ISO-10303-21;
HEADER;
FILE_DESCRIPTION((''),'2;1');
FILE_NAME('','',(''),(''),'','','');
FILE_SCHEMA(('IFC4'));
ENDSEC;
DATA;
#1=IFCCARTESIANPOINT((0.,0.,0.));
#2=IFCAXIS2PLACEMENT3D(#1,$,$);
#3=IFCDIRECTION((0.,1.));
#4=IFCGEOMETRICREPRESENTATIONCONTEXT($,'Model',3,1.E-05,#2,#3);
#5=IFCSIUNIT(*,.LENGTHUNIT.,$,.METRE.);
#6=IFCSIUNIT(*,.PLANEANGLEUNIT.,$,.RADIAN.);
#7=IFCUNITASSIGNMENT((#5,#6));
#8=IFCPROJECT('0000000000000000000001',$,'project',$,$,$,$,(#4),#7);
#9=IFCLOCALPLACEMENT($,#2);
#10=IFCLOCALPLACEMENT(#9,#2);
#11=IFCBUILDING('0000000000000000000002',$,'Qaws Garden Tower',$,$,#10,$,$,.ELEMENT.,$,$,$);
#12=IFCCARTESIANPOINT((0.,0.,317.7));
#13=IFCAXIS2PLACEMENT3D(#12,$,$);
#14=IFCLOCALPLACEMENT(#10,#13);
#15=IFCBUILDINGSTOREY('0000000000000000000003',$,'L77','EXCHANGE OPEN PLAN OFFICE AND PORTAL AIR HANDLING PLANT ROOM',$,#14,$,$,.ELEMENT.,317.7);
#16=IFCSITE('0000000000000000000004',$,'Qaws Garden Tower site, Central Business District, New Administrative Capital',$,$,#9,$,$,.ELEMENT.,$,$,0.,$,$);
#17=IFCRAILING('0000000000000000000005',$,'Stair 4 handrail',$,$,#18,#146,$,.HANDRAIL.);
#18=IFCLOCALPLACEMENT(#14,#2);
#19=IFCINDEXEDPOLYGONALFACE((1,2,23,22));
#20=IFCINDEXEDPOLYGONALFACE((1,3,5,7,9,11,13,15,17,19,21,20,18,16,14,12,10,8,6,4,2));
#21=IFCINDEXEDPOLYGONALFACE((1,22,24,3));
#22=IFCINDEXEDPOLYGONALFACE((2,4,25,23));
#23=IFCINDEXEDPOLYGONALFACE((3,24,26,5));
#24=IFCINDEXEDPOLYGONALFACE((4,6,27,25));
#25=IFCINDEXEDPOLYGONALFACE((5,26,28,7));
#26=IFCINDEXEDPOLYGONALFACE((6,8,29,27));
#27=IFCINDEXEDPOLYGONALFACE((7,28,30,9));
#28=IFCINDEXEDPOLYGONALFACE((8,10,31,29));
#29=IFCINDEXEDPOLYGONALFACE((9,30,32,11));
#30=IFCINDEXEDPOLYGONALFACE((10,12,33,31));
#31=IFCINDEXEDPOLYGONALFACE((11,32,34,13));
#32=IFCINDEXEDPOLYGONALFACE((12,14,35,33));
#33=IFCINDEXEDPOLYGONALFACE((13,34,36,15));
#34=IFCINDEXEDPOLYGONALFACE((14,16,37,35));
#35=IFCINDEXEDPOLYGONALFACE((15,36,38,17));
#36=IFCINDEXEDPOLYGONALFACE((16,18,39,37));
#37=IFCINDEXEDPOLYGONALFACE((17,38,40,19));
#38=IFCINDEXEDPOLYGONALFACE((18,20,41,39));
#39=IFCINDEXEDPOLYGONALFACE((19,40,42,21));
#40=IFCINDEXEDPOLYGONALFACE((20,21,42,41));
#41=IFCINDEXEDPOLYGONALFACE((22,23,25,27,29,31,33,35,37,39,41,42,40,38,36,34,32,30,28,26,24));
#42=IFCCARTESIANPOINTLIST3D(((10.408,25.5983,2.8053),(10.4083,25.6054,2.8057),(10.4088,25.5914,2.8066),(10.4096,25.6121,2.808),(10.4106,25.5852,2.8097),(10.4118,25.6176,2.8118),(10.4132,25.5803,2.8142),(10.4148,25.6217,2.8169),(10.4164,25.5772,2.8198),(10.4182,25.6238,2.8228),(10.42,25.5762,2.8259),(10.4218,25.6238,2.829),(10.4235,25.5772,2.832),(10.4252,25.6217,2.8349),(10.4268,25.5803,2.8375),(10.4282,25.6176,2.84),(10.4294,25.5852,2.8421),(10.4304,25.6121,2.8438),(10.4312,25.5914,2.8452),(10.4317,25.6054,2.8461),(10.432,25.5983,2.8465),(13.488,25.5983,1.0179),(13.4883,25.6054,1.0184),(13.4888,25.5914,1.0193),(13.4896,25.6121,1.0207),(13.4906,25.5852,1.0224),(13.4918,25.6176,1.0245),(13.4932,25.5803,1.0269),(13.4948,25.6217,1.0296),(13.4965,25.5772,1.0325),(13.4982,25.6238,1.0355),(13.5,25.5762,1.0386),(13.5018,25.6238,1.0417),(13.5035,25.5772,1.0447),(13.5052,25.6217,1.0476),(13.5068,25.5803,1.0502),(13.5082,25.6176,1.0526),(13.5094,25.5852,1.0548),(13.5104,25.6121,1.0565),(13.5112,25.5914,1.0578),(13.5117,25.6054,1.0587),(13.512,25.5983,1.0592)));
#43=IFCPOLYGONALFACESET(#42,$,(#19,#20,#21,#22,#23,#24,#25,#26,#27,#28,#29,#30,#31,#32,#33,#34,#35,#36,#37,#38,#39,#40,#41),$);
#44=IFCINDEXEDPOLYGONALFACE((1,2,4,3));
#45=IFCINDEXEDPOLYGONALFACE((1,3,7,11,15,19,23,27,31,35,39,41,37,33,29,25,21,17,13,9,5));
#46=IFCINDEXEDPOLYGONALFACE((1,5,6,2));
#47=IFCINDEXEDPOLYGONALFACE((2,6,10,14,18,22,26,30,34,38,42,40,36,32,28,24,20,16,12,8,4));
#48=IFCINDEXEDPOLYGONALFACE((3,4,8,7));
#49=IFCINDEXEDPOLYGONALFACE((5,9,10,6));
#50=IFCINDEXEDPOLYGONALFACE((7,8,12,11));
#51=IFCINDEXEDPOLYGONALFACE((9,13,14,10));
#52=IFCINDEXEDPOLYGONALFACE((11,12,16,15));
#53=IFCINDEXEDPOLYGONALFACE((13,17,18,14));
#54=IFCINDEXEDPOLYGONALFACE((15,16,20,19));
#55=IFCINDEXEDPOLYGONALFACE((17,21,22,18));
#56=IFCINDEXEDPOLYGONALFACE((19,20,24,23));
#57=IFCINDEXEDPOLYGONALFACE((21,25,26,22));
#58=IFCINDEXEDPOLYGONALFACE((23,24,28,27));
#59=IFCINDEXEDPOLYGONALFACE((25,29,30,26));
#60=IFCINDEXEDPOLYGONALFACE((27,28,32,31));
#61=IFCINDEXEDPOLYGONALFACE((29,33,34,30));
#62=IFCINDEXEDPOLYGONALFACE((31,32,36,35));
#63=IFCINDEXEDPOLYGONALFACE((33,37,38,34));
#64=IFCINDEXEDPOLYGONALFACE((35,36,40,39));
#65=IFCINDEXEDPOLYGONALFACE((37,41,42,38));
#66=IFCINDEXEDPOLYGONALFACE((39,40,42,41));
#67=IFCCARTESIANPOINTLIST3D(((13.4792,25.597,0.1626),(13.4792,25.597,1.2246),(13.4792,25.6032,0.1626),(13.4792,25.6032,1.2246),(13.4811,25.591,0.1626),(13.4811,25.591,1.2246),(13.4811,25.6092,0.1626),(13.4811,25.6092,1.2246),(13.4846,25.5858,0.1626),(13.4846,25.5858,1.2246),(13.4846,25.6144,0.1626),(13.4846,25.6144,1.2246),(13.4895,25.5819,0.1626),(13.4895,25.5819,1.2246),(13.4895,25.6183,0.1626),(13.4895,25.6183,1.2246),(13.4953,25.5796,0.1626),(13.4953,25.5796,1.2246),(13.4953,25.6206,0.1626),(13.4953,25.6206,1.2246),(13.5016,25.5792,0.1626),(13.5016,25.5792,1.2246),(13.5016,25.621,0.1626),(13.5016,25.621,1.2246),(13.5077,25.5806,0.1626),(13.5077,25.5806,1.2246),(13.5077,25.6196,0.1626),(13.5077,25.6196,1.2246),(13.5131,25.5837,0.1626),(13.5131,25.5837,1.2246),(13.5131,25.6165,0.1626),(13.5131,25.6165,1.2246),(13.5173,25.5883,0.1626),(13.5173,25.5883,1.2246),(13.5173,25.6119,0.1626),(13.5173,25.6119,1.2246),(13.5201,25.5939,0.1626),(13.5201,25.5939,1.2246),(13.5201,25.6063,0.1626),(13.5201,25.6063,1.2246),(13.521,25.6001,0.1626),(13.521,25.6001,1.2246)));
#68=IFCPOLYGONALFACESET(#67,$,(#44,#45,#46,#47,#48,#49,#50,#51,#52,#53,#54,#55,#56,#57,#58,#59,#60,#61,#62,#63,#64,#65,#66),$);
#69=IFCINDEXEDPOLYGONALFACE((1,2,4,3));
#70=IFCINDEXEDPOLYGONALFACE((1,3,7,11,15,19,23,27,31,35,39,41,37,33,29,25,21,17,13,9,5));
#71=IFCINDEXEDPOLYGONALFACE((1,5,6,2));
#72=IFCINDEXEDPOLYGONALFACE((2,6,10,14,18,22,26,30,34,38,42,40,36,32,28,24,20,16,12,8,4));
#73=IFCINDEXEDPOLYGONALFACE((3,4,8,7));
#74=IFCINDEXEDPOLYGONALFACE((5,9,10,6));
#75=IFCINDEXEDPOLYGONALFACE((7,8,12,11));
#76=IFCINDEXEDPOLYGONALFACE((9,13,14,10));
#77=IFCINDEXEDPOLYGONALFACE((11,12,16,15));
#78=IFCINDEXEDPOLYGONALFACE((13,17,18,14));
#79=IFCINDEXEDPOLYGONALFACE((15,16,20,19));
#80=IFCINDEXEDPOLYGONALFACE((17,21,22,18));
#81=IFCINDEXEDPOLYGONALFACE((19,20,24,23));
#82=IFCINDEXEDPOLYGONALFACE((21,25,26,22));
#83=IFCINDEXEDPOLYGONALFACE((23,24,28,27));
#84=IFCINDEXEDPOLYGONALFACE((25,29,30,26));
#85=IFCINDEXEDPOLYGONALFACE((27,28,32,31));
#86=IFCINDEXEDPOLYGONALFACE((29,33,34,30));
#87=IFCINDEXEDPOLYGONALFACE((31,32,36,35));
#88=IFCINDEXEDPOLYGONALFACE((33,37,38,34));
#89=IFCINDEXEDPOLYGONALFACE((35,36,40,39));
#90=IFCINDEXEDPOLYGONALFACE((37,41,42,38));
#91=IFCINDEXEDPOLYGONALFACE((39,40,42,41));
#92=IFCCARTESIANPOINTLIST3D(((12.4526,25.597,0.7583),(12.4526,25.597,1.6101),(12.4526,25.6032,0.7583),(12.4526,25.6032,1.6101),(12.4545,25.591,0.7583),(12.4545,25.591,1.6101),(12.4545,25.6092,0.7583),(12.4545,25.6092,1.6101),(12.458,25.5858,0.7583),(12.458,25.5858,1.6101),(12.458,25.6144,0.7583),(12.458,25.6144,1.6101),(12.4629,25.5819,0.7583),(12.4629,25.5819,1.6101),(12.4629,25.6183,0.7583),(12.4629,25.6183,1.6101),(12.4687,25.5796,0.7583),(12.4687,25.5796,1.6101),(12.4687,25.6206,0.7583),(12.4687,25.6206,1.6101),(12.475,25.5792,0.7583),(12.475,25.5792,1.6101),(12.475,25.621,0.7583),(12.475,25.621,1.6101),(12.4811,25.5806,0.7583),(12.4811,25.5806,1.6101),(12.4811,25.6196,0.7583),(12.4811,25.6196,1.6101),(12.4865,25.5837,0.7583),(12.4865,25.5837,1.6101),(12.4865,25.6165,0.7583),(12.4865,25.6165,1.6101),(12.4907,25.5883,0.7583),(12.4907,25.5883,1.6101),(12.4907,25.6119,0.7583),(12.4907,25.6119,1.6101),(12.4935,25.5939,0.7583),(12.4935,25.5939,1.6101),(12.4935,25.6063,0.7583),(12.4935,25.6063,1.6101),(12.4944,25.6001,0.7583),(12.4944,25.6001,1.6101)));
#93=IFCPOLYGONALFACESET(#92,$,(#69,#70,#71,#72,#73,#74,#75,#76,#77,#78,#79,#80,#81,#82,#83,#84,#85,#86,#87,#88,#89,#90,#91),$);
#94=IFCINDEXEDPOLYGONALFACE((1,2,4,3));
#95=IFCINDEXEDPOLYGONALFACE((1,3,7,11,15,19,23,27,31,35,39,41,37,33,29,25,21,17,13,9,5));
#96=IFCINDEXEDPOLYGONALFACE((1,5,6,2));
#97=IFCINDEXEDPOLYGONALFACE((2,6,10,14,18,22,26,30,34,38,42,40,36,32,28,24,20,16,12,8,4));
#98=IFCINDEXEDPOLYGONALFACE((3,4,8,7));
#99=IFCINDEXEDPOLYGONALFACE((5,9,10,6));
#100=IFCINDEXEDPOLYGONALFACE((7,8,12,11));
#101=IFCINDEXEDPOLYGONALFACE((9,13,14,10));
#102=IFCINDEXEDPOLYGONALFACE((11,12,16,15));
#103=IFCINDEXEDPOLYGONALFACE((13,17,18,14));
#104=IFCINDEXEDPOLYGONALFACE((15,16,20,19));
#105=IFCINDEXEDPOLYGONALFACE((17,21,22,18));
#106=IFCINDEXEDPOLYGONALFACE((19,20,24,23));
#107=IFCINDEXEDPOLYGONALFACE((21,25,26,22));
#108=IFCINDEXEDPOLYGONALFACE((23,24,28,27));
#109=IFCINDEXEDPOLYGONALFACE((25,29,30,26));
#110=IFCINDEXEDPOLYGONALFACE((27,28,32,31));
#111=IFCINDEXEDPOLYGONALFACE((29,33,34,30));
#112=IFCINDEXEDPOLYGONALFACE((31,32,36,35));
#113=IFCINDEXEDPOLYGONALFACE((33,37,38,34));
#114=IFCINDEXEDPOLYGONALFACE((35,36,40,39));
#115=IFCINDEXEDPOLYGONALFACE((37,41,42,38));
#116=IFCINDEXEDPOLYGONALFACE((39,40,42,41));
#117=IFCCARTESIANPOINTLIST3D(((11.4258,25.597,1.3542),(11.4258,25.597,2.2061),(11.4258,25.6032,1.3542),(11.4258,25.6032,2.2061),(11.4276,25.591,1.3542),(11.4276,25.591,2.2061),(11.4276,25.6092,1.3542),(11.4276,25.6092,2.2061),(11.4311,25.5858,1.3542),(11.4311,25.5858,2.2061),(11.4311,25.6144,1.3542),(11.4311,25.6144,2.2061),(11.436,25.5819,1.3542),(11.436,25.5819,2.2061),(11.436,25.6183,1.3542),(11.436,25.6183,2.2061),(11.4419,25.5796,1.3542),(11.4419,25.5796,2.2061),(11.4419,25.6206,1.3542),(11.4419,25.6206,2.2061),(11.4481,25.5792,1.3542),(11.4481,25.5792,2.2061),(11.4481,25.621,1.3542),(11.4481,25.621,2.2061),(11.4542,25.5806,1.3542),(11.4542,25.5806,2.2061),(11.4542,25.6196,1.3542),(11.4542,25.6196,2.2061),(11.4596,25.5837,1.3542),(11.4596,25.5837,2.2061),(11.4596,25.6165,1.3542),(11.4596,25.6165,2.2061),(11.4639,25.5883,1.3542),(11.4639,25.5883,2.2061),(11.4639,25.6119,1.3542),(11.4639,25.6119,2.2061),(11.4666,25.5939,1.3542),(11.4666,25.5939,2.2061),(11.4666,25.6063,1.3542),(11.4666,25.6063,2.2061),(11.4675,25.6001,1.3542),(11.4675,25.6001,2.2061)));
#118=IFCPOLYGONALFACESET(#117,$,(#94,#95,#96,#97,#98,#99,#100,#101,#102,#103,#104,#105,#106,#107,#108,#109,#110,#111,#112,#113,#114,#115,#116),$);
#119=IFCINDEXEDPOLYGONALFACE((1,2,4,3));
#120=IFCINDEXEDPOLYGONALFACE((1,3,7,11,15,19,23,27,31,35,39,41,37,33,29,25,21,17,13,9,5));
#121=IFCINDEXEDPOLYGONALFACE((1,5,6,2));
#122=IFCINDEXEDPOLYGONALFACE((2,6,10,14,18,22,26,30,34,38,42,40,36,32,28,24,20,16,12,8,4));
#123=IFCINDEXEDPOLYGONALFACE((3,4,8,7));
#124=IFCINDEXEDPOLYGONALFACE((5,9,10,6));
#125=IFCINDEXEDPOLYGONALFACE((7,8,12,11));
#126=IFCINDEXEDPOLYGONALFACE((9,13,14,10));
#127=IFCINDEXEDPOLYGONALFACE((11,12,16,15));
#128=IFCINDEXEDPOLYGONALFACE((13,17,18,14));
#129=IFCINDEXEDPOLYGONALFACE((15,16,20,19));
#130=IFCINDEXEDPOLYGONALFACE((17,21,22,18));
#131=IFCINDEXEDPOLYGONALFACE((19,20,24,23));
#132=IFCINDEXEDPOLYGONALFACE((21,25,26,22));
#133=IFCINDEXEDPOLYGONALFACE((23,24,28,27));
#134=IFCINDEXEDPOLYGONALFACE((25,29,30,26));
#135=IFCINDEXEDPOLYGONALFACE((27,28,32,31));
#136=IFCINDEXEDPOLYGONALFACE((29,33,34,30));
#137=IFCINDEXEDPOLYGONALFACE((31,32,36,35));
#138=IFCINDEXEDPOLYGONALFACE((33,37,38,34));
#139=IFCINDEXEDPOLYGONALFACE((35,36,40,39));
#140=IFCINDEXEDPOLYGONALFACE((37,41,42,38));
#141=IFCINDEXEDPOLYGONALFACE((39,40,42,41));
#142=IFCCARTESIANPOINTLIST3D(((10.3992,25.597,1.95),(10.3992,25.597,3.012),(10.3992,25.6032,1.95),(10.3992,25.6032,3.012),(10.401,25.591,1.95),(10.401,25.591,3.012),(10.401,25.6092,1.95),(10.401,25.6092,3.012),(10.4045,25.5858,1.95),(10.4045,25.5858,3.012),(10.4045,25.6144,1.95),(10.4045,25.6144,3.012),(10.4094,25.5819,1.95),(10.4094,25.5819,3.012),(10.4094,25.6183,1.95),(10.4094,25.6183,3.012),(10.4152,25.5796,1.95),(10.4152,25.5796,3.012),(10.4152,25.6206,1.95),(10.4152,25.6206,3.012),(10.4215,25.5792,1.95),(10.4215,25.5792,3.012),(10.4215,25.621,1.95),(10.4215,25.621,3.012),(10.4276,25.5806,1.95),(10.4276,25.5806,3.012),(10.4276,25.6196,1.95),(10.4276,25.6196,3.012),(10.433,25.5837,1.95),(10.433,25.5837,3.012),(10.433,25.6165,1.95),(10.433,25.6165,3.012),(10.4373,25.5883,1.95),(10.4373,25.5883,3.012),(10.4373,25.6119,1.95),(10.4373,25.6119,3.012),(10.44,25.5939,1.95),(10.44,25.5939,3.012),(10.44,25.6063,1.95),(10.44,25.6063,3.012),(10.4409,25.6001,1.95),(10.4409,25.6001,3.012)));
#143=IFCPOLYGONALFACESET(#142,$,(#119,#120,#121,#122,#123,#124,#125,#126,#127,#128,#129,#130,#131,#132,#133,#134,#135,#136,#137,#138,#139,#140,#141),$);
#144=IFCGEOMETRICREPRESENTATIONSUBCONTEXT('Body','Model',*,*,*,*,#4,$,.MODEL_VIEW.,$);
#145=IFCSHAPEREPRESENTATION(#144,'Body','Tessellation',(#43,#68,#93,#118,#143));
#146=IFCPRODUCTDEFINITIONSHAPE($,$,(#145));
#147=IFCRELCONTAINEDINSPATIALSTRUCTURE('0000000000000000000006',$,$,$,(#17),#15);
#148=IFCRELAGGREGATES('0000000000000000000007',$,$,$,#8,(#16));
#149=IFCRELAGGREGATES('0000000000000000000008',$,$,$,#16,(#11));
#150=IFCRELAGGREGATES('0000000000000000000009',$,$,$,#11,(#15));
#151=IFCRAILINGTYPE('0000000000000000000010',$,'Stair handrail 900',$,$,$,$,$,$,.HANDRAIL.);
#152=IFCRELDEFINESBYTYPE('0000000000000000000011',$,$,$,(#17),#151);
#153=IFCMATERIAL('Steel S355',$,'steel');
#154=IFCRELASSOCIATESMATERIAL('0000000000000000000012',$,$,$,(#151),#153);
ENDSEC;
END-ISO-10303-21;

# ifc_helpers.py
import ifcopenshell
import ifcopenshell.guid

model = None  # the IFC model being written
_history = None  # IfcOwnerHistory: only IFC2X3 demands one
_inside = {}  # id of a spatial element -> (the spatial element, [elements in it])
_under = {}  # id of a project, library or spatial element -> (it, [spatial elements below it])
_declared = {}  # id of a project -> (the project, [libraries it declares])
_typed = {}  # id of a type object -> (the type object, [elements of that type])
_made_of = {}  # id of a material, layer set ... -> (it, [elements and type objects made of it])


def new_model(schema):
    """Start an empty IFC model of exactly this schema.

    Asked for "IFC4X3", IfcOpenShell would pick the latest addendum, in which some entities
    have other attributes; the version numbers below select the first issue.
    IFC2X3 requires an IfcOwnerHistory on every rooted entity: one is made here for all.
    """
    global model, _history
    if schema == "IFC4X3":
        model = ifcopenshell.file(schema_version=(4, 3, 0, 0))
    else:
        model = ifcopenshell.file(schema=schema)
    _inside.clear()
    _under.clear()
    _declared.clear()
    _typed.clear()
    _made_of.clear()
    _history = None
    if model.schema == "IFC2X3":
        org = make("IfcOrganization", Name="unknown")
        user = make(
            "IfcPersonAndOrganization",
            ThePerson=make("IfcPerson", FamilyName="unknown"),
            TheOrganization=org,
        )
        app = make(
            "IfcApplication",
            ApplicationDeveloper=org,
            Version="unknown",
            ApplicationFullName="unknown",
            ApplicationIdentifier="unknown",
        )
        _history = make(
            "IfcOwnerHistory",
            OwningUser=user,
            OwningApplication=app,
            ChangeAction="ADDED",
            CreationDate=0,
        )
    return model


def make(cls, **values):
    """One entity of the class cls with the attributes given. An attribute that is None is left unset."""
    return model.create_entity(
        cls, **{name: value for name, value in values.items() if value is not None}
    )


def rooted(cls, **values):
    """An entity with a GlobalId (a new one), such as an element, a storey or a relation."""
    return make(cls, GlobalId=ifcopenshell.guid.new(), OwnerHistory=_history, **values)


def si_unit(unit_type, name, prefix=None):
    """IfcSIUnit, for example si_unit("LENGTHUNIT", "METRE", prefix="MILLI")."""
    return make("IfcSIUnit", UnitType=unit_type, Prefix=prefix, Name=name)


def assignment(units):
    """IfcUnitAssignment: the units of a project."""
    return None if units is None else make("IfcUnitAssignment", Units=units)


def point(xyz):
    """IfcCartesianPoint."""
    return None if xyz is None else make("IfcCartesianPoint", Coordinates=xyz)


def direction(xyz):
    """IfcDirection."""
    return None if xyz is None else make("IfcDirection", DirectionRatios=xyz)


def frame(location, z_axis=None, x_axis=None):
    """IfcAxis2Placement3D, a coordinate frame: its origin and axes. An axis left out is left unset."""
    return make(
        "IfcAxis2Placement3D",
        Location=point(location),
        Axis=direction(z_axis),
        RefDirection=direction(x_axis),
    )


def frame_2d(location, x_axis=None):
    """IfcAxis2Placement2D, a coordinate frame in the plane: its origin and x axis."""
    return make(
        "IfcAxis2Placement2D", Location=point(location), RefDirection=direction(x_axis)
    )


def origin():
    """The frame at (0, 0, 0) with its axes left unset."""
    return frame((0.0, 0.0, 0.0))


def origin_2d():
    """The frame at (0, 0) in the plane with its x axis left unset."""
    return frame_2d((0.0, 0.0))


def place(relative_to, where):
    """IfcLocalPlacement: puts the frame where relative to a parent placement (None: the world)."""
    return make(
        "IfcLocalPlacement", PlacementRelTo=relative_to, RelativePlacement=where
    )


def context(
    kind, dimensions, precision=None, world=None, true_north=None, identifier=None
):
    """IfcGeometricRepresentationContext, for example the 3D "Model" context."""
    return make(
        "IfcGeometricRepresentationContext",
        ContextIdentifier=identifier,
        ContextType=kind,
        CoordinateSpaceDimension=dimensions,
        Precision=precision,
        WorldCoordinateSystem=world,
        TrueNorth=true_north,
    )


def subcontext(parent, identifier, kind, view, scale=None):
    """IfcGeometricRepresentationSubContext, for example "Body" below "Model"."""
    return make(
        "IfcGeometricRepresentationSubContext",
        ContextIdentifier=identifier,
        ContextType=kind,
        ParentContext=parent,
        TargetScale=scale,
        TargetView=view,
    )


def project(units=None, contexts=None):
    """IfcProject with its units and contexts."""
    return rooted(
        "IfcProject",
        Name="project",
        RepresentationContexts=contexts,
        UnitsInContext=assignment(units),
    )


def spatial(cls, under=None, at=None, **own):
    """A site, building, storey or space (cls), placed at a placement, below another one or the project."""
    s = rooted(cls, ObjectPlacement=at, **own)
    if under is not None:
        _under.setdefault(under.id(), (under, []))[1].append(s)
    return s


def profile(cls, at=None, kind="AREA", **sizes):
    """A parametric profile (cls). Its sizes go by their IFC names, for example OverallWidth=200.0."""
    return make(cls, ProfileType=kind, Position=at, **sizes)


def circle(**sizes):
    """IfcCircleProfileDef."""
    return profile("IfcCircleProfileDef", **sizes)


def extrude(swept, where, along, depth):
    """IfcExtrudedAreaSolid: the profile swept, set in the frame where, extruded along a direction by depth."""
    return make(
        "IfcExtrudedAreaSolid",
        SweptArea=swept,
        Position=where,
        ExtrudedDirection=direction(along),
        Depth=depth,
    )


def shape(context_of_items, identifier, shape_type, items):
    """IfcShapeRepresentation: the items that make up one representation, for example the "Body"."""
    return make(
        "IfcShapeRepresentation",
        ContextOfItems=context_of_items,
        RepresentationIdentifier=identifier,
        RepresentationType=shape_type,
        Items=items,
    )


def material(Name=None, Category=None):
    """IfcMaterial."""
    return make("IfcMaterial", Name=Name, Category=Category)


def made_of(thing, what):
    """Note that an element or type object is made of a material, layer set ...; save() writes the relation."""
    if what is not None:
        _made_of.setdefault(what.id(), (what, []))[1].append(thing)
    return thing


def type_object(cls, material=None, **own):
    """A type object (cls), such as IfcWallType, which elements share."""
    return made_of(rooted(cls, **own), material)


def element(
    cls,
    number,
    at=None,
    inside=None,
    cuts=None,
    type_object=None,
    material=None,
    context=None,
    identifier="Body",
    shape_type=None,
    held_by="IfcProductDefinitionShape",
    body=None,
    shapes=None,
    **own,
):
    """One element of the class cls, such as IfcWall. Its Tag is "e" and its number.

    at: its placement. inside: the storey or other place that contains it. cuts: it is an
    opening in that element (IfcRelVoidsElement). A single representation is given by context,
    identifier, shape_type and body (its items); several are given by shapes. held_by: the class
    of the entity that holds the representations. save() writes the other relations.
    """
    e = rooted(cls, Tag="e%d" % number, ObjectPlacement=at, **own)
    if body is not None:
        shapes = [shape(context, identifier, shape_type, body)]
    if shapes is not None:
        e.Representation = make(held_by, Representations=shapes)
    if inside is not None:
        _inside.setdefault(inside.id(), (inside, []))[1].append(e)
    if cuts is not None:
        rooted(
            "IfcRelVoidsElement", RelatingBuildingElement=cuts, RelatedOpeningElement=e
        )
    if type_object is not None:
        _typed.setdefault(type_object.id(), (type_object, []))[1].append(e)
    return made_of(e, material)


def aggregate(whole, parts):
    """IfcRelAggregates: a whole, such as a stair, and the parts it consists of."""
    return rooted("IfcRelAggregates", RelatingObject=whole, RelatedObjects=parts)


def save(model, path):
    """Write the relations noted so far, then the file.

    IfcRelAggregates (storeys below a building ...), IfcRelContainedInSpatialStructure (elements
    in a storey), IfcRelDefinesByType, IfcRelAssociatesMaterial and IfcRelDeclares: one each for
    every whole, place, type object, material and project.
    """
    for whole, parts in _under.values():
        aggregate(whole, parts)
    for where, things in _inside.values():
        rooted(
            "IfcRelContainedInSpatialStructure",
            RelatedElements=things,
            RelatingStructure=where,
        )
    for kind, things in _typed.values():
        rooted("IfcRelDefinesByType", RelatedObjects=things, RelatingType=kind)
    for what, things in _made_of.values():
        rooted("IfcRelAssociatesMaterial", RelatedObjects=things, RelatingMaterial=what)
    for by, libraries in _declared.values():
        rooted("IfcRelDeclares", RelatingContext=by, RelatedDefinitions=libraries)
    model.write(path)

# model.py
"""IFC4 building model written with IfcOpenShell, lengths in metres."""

from ifc_helpers import new_model, si_unit, direction, frame, origin, origin_2d, place, context, subcontext, project, spatial, circle, extrude, material, type_object, element, save


model = new_model("IFC4")

# Units and contexts
model_context = context("Model", 3, precision=1e-05, world=origin(), true_north=direction((0.0, 1.0)))
body_context = subcontext(model_context, "Body", "Model", "MODEL_VIEW")
ifc_project = project(units=[si_unit("LENGTHUNIT", "METRE"), si_unit("PLANEANGLEUNIT", "RADIAN")], contexts=[model_context])

# Site, building, storey
site_placement = place(None, origin())
site = spatial("IfcSite", under=ifc_project, at=site_placement, Name="Qaws Garden Tower site, Central Business District, New Administrative Capital", CompositionType="ELEMENT", RefElevation=0.0)
building_placement = place(site_placement, origin())
building = spatial("IfcBuilding", under=site, at=building_placement, Name="Qaws Garden Tower", CompositionType="ELEMENT")
storey_placement = place(building_placement, frame((0.0, 0.0, 317.7)))
storey = spatial("IfcBuildingStorey", under=building, at=storey_placement, Name="L77", Description="EXCHANGE OPEN PLAN OFFICE AND PORTAL AIR HANDLING PLANT ROOM", CompositionType="ELEMENT", Elevation=317.7)

# Railing
ifc_material_1 = material(Name="Steel S355", Category="steel")
railing_type = type_object("IfcRailingType", Name="Stair handrail 900", PredefinedType="HANDRAIL", material=ifc_material_1)
railing_placement = place(storey_placement, frame((13.5, 25.6001, 0.1626)))
element("IfcRailing", 1, at=railing_placement, inside=storey, type_object=railing_type, Name="Stair 4 handrail", PredefinedType="HANDRAIL", context=body_context, shape_type="SweptSolid", body=[
    extrude(circle(Radius=0.0239, at=origin_2d()), frame((0.0, 0.0, 0.876), z_axis=(-0.86492, 0.0, 0.501909), x_axis=(0.0, -1.0, 0.0)), (0.0, 0.0, 1.0), 3.561),
    extrude(circle(Radius=0.021, at=origin_2d()), origin(), (0.0, 0.0, 1.0), 1.062),
    extrude(circle(Radius=0.021, at=origin_2d()), frame((-1.0266, 0.0, 0.5957)), (0.0, 0.0, 1.0), 0.8518),
    extrude(circle(Radius=0.021, at=origin_2d()), frame((-2.0535, 0.0, 1.1917)), (0.0, 0.0, 1.0), 0.8518),
    extrude(circle(Radius=0.021, at=origin_2d()), frame((-3.0801, 0.0, 1.7874)), (0.0, 0.0, 1.0), 1.062),
])

save(model, "model.ifc")
